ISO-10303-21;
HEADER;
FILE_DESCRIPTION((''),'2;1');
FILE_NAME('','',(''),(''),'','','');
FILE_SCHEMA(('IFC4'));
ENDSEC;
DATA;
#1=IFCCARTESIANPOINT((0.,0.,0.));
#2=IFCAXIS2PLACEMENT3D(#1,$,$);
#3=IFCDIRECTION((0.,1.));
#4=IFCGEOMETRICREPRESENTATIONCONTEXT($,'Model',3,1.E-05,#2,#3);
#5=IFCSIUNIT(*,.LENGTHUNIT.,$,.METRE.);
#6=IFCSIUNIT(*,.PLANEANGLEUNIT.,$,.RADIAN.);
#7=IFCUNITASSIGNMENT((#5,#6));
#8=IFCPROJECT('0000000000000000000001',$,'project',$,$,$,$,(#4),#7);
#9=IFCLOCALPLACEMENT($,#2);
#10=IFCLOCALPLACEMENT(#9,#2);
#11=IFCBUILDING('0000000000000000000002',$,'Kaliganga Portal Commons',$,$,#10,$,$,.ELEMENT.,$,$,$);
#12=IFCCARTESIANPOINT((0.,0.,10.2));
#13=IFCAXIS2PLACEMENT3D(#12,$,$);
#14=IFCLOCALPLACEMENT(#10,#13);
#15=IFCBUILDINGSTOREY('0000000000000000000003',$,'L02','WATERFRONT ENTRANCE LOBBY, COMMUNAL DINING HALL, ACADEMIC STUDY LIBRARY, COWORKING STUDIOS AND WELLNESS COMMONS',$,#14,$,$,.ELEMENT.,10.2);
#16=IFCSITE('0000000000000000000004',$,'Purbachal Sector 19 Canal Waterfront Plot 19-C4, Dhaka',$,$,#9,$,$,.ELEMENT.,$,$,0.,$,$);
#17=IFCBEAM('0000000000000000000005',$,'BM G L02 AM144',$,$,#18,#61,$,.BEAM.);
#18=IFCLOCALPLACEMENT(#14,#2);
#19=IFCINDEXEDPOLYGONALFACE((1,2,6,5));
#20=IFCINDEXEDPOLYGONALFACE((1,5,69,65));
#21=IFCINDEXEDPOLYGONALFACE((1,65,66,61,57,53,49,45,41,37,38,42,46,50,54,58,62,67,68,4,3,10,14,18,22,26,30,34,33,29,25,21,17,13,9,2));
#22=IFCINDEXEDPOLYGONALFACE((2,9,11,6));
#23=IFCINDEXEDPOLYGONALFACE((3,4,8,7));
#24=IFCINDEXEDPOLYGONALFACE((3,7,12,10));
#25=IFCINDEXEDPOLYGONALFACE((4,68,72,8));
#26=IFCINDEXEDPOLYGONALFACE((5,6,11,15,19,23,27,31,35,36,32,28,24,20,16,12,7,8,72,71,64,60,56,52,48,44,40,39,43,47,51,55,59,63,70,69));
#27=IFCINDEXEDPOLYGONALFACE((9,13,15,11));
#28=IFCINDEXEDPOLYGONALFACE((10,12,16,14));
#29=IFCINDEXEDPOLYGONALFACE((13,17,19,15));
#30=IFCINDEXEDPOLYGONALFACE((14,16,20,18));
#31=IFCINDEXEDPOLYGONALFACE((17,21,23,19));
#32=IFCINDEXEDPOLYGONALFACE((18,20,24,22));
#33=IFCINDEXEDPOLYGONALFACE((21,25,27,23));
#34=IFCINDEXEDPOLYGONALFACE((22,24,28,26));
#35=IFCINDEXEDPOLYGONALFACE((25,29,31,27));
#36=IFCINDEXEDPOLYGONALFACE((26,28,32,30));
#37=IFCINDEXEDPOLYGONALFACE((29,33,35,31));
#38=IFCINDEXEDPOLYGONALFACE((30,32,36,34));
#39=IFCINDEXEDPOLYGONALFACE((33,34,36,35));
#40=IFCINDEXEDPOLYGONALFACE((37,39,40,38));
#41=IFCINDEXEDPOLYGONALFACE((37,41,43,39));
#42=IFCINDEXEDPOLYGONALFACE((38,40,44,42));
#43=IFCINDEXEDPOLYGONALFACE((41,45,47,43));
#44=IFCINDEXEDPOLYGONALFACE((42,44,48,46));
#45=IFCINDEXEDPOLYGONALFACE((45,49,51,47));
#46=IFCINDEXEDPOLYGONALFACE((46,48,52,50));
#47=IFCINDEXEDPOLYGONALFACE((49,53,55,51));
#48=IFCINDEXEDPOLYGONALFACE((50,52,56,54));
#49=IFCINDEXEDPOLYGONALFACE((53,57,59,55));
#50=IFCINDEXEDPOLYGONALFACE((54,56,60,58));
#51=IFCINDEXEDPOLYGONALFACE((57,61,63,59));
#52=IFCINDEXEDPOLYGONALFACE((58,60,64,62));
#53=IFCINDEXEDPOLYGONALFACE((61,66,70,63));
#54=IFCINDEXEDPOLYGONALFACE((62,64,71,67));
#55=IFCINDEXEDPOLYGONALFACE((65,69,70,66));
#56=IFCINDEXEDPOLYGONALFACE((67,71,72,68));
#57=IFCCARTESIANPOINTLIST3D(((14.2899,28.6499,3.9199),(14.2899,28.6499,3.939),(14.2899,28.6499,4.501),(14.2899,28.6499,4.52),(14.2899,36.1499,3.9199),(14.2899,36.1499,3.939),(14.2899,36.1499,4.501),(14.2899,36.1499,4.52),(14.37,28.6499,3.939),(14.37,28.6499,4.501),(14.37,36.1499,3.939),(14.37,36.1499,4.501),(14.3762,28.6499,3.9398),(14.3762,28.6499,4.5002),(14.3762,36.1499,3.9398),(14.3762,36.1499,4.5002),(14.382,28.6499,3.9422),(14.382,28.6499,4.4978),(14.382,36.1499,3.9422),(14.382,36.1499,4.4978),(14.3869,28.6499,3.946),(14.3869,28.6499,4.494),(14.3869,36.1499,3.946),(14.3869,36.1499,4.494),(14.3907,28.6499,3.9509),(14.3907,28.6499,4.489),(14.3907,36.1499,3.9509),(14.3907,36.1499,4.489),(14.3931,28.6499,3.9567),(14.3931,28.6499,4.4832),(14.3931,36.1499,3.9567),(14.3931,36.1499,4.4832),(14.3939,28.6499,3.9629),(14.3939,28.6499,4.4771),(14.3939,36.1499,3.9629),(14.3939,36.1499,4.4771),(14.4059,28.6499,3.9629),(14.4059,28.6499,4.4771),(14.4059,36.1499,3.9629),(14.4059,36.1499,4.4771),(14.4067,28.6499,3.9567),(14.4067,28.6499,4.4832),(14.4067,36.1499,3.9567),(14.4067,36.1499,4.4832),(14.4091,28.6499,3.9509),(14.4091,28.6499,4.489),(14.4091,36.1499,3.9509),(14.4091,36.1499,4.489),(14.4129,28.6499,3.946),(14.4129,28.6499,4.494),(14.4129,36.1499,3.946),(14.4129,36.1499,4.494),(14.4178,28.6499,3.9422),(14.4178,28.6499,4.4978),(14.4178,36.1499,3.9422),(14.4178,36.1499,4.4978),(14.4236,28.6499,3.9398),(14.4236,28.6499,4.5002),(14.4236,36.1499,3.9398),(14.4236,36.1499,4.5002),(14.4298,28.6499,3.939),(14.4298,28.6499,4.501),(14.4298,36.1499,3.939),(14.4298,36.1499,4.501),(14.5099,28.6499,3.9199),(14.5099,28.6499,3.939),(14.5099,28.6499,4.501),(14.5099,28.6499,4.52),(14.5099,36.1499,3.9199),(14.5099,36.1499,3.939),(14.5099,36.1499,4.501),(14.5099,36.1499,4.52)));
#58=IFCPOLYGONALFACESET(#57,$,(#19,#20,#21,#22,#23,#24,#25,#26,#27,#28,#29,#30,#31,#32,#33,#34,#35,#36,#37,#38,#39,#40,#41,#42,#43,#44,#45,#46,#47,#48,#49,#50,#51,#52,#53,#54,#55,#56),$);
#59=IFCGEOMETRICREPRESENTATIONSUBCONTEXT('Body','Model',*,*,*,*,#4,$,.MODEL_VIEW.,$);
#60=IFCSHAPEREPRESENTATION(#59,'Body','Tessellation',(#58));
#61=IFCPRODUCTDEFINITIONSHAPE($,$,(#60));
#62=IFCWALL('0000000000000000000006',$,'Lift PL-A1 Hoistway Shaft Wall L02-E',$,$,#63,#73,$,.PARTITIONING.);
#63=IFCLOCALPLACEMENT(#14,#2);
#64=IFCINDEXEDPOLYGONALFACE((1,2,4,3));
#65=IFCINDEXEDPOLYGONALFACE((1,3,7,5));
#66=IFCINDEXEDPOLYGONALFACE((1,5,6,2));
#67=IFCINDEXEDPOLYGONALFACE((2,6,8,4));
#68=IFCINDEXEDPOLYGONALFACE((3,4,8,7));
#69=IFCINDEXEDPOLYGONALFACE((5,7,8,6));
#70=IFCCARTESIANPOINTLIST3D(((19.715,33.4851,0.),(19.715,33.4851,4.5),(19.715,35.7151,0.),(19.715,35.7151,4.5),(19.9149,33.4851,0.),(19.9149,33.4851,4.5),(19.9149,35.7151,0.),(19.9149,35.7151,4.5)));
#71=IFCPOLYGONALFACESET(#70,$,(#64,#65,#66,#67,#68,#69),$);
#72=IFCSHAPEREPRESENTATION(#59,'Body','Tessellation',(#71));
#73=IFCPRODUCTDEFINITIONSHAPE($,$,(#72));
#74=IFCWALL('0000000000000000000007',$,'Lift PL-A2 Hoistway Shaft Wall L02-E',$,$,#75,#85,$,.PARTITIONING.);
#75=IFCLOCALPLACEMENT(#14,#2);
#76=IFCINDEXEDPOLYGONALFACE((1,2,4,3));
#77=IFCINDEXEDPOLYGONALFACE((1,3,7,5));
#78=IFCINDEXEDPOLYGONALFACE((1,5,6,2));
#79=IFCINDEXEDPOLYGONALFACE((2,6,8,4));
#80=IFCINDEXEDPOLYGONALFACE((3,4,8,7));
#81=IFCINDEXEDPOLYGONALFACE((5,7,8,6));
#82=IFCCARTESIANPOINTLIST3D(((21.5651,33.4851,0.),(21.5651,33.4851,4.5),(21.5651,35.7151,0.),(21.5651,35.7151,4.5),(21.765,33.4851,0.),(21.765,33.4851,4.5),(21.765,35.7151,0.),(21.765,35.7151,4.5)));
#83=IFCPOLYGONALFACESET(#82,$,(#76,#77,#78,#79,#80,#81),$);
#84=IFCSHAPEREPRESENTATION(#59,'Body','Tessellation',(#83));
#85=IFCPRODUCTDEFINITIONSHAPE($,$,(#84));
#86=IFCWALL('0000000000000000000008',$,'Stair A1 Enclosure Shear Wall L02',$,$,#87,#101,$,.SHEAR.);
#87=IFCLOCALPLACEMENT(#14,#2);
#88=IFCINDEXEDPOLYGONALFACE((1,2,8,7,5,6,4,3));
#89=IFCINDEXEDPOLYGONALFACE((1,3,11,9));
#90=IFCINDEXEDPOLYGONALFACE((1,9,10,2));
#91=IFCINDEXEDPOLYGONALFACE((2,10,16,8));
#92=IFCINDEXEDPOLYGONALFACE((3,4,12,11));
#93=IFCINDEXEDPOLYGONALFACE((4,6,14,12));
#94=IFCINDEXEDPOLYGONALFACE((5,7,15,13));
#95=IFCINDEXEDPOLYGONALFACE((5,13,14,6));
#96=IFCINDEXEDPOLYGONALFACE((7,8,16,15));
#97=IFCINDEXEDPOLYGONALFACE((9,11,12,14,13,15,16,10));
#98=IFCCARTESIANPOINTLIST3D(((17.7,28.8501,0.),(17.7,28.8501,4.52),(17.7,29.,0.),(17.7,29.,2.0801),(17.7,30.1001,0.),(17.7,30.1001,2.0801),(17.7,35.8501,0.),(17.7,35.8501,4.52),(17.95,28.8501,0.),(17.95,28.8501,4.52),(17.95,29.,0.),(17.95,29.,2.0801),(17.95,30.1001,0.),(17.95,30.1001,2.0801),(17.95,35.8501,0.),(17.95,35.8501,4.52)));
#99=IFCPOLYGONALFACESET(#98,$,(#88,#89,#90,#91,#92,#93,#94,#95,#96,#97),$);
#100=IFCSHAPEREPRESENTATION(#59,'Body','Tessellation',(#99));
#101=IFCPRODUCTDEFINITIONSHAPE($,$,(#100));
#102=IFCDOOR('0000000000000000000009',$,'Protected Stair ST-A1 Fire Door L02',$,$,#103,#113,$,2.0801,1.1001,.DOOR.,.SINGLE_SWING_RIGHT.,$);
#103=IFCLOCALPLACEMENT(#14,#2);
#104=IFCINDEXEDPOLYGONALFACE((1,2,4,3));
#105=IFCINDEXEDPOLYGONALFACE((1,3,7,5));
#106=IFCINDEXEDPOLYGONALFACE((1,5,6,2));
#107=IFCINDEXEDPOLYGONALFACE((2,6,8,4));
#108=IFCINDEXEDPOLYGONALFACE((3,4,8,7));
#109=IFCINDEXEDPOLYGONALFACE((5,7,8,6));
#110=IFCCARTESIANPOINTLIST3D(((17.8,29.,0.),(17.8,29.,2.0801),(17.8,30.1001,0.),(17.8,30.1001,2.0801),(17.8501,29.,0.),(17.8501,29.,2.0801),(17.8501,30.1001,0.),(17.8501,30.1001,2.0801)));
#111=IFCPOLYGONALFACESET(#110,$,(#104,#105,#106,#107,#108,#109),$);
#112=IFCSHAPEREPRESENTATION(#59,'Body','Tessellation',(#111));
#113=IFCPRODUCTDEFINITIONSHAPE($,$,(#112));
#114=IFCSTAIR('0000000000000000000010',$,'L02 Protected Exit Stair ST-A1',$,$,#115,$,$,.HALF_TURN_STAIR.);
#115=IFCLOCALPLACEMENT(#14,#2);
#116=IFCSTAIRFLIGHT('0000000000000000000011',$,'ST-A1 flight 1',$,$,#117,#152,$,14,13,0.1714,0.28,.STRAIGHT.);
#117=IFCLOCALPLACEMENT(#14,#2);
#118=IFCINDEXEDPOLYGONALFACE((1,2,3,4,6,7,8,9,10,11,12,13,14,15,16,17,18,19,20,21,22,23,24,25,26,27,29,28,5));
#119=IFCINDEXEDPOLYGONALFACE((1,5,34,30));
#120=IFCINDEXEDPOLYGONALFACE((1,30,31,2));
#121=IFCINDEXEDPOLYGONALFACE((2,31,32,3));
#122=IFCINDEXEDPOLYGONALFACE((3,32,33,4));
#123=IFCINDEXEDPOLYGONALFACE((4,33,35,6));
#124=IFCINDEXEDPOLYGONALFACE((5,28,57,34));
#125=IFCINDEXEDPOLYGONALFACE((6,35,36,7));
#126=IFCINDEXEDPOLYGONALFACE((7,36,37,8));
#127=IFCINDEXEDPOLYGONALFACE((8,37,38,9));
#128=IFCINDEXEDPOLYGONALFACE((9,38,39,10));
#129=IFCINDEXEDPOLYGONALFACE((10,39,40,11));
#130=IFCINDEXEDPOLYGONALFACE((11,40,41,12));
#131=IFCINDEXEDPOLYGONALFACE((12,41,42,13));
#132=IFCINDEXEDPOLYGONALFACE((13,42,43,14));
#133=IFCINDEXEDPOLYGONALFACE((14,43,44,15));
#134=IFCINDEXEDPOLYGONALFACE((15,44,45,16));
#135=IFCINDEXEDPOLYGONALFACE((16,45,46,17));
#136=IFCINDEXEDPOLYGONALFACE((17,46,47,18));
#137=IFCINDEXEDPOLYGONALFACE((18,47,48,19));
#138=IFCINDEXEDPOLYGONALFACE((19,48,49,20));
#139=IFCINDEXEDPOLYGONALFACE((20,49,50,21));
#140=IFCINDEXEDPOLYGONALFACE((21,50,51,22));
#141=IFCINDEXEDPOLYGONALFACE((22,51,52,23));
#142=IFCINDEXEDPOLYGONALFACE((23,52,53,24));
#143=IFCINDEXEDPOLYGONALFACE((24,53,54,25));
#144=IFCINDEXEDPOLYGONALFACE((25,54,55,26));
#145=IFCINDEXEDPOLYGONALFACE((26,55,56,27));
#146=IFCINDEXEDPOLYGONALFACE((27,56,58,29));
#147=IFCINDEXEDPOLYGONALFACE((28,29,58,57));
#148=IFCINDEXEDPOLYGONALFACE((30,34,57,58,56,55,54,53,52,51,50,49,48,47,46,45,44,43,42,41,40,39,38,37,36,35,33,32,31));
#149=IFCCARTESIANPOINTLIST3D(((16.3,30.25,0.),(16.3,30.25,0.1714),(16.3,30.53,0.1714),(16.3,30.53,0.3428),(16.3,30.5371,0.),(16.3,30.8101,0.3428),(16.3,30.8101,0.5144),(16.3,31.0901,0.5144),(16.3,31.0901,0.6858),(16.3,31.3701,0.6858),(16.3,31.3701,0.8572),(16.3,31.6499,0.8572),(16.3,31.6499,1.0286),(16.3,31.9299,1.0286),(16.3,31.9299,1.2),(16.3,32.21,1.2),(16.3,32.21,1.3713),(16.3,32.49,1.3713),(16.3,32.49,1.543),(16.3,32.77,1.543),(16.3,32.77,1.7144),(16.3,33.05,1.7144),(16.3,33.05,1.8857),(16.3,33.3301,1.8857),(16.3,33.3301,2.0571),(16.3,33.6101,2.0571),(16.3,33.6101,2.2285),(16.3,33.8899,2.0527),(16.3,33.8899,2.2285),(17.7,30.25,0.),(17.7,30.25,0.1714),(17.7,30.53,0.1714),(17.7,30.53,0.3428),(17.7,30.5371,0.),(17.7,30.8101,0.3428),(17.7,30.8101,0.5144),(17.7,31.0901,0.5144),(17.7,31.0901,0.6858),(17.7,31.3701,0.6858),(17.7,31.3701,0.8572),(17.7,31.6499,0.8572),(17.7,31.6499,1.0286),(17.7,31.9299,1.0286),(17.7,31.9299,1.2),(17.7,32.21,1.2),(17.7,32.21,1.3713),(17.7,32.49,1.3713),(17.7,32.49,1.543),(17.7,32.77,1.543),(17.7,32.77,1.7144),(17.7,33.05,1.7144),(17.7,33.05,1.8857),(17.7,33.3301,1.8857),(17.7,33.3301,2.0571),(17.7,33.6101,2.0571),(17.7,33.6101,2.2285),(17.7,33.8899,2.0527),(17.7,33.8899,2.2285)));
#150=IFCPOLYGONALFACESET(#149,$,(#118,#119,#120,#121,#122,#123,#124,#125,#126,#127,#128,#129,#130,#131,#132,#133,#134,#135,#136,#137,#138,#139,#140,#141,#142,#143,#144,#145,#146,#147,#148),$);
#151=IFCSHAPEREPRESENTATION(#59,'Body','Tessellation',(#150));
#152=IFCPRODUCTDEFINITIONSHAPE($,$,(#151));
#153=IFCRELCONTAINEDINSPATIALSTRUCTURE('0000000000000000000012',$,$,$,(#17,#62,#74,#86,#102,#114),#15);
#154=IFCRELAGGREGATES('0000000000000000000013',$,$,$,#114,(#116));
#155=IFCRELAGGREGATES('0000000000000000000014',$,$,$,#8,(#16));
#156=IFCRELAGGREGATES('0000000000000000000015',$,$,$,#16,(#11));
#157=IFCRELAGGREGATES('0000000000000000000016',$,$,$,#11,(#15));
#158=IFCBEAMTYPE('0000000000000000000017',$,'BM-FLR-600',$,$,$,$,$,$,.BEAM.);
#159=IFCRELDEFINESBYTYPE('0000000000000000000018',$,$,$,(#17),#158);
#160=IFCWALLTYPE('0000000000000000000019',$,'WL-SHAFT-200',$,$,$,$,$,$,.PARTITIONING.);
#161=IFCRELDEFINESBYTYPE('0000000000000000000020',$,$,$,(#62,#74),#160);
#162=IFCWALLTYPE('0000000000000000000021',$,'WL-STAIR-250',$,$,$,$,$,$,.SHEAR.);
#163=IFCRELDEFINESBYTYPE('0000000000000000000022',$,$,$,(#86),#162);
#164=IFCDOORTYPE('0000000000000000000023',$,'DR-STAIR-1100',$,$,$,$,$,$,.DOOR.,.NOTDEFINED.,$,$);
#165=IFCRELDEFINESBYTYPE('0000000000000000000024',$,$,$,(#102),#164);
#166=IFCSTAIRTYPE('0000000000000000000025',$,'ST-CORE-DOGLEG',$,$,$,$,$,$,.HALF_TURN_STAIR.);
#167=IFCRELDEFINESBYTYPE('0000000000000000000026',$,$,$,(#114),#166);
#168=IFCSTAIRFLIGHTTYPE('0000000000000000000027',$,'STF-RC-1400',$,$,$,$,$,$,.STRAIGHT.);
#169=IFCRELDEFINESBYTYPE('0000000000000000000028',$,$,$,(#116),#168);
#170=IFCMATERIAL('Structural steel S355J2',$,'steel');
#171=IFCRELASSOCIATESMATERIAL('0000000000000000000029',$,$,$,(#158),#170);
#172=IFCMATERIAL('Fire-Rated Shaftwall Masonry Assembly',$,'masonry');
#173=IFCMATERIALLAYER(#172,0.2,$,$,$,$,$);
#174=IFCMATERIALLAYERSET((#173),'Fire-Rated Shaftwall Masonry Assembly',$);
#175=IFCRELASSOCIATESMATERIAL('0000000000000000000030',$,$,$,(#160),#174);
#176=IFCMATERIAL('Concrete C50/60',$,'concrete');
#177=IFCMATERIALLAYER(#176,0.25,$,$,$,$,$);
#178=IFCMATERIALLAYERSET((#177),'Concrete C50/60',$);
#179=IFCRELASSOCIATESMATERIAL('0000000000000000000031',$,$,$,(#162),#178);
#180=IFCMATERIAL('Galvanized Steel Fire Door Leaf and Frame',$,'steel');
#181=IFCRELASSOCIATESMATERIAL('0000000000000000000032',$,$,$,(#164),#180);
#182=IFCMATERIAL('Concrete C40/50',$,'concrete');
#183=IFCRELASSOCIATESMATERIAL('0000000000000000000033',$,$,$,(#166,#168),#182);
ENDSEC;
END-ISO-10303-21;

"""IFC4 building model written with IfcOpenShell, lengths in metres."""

from ifc_helpers import new_model, si_unit, direction, frame, frame_2d, origin, origin_2d, place, context, subcontext, project, spatial, polyline, rectangle, i_section, outline, extrude, source, transform, mapped, material, layer, layer_set, material_profile, profile_set, type_object, element, fill, aggregate, save


model = new_model("IFC4")

# Units and contexts
model_context = context("Model", 3, precision=1e-05, world=origin(), true_north=direction((0.0, 1.0)))
body_context = subcontext(model_context, "Body", "Model", "MODEL_VIEW")
ifc_project = project(units=[si_unit("LENGTHUNIT", "METRE"), si_unit("PLANEANGLEUNIT", "RADIAN")], contexts=[model_context])

# Site, building, storey
site_placement = place(None, origin())
site = spatial("IfcSite", under=ifc_project, at=site_placement, Name="Purbachal Sector 19 Canal Waterfront Plot 19-C4, Dhaka", CompositionType="ELEMENT", RefElevation=0.0)
building_placement = place(site_placement, origin())
building = spatial("IfcBuilding", under=site, at=building_placement, Name="Kaliganga Portal Commons", CompositionType="ELEMENT")
storey_placement = place(building_placement, frame((0.0, 0.0, 10.2)))
storey = spatial("IfcBuildingStorey", under=building, at=storey_placement, Name="L02", Description="WATERFRONT ENTRANCE LOBBY, COMMUNAL DINING HALL, ACADEMIC STUDY LIBRARY, COWORKING STUDIOS AND WELLNESS COMMONS", CompositionType="ELEMENT", Elevation=10.2)

# Beam
ifc_material_1 = material(Name="Structural steel S355J2", Category="steel")
ifc_material_profile = material_profile(ifc_material_1, i_section(OverallWidth=0.22, OverallDepth=0.6001, WebThickness=0.012, FlangeThickness=0.019, FilletRadius=0.0239, at=origin_2d()), Name="IPE 600")
ifc_profile_set = profile_set([ifc_material_profile], Name="Structural steel S355J2 wide-flange")
beam_type = type_object("IfcBeamType", Name="BM-FLR-600", PredefinedType="BEAM", material=ifc_profile_set)
shared_shape = source(origin(), body_context, "Body", "SweptSolid", [
    extrude(i_section(OverallWidth=0.22, OverallDepth=0.6001, WebThickness=0.012, FlangeThickness=0.019, FilletRadius=0.0239, at=origin_2d()), origin(), (0.0, 0.0, 1.0), 7.5),
])
beam_placement = place(storey_placement, frame((14.3999, 28.6499, 4.22), z_axis=(0.0, 1.0, 0.0), x_axis=(-1.0, 0.0, 0.0)))
element("IfcBeam", 1, at=beam_placement, inside=storey, type_object=beam_type, Name="BM G L02 AM144", PredefinedType="BEAM", context=body_context, shape_type="MappedRepresentation", body=[
    mapped(shared_shape, transform((0.0, 0.0, 0.0), x_axis=(1.0, 0.0, 0.0), y_axis=(0.0, 1.0, 0.0), z_axis=(0.0, 0.0, 1.0), scale=1.0)),
])

# Shared definitions
ifc_material_2 = material(Name="Fire-Rated Shaftwall Masonry Assembly", Category="masonry")
ifc_layer_1 = layer(ifc_material_2, 0.2)
ifc_layer_set_1 = layer_set([ifc_layer_1], Name="Fire-Rated Shaftwall Masonry Assembly")
wall_type_1 = type_object("IfcWallType", Name="WL-SHAFT-200", PredefinedType="PARTITIONING", material=ifc_layer_set_1)

# Wall
wall_1_placement = place(storey_placement, frame((19.8149, 33.4851, 0.0), z_axis=(0.0, 0.0, 1.0), x_axis=(0.0, 1.0, 0.0)))
element("IfcWall", 2, at=wall_1_placement, inside=storey, type_object=wall_type_1, Name="Lift PL-A1 Hoistway Shaft Wall L02-E", PredefinedType="PARTITIONING", context=body_context, shape_type="SweptSolid", body=[
    extrude(rectangle(XDim=2.23, YDim=0.2, at=frame_2d((1.115, 0.0))), origin(), (0.0, 0.0, 1.0), 4.5),
])

# Wall
wall_2_placement = place(storey_placement, frame((21.665, 33.4851, 0.0), z_axis=(0.0, 0.0, 1.0), x_axis=(0.0, 1.0, 0.0)))
element("IfcWall", 3, at=wall_2_placement, inside=storey, type_object=wall_type_1, Name="Lift PL-A2 Hoistway Shaft Wall L02-E", PredefinedType="PARTITIONING", context=body_context, shape_type="SweptSolid", body=[
    extrude(rectangle(XDim=2.23, YDim=0.2, at=frame_2d((1.115, 0.0))), origin(), (0.0, 0.0, 1.0), 4.5),
])

# Wall, opening, door
ifc_material_3 = material(Name="Concrete C50/60", Category="concrete")
ifc_layer_2 = layer(ifc_material_3, 0.25)
ifc_layer_set_2 = layer_set([ifc_layer_2], Name="Concrete C50/60")
wall_type_2 = type_object("IfcWallType", Name="WL-STAIR-250", PredefinedType="SHEAR", material=ifc_layer_set_2)
wall_3_placement = place(storey_placement, frame((17.825, 28.8501, 0.0), z_axis=(0.0, 0.0, 1.0), x_axis=(0.0, 1.0, 0.0)))
wall_3 = element("IfcWall", 4, at=wall_3_placement, inside=storey, type_object=wall_type_2, Name="Stair A1 Enclosure Shear Wall L02", PredefinedType="SHEAR", context=body_context, shape_type="SweptSolid", body=[
    extrude(rectangle(XDim=7.0, YDim=0.25, at=frame_2d((3.5, 0.0))), origin(), (0.0, 0.0, 1.0), 4.52),
])
opening_1_placement = place(wall_3_placement, frame((0.1499, 0.0, 0.0)))
opening_1 = element("IfcOpeningElement", 5, at=opening_1_placement, cuts=wall_3, PredefinedType="OPENING", context=body_context, shape_type="SweptSolid", body=[
    extrude(rectangle(XDim=1.1001, YDim=2.0801, at=frame_2d((0.55, 1.04))), frame((0.0, 0.135, 0.0), z_axis=(0.0, -1.0, 0.0), x_axis=(1.0, 0.0, 0.0)), (0.0, 0.0, 1.0), 0.27),
])
ifc_material_4 = material(Name="Galvanized Steel Fire Door Leaf and Frame", Category="steel")
door_type_1 = type_object("IfcDoorType", Name="DR-STAIR-1100", OperationType="NOTDEFINED", PredefinedType="DOOR", material=ifc_material_4)
door_1_placement = place(opening_1_placement, origin())
door_1 = element("IfcDoor", 6, at=door_1_placement, inside=storey, type_object=door_type_1, Name="Protected Stair ST-A1 Fire Door L02", OperationType="SINGLE_SWING_RIGHT", OverallHeight=2.0801, OverallWidth=1.1001, PredefinedType="DOOR", context=body_context, shape_type="SweptSolid", body=[
    extrude(rectangle(XDim=1.1001, YDim=2.0801, at=frame_2d((0.55, 1.04))), frame((0.0, 0.0249, 0.0), z_axis=(0.0, -1.0, 0.0), x_axis=(1.0, 0.0, 0.0)), (0.0, 0.0, 1.0), 0.05),
])
fill(opening_1, door_1)

# Stair, stair flight
ifc_material_5 = material(Name="Concrete C40/50", Category="concrete")
stair_type = type_object("IfcStairType", Name="ST-CORE-DOGLEG", PredefinedType="HALF_TURN_STAIR", material=ifc_material_5)
stair_placement = place(storey_placement, origin())
stair = element("IfcStair", 7, at=stair_placement, inside=storey, type_object=stair_type, Name="L02 Protected Exit Stair ST-A1", PredefinedType="HALF_TURN_STAIR")
stair_flight_type = type_object("IfcStairFlightType", Name="STF-RC-1400", PredefinedType="STRAIGHT", material=ifc_material_5)
stair_flight_1_placement = place(storey_placement, frame((17.0, 30.25, 0.0), z_axis=(0.0, 0.0, 1.0), x_axis=(0.0, 1.0, 0.0)))
stair_flight_1 = element("IfcStairFlight", 8, at=stair_flight_1_placement, type_object=stair_flight_type, Name="ST-A1 flight 1", NumberOfRisers=14, NumberOfTreads=13, PredefinedType="STRAIGHT", RiserHeight=0.1714, TreadLength=0.28, context=body_context, shape_type="SweptSolid", body=[
    extrude(outline(polyline([(0.0, 0.0), (0.0, 0.1714), (0.28, 0.1714), (0.28, 0.3428), (0.5601, 0.3428), (0.5601, 0.5144), (0.8401, 0.5144), (0.8401, 0.6858), (1.1201, 0.6858), (1.1201, 0.8572), (1.3999, 0.8572), (1.3999, 1.0286), (1.6799, 1.0286), (1.6799, 1.2), (1.96, 1.2), (1.96, 1.3713), (2.24, 1.3713), (2.24, 1.543), (2.52, 1.543), (2.52, 1.7144), (2.8, 1.7144), (2.8, 1.8857), (3.0801, 1.8857), (3.0801, 2.0571), (3.3601, 2.0571), (3.3601, 2.2285), (3.6399, 2.2285), (3.6399, 2.3999), (3.6399, 2.0527), (0.2871, 0.0), (0.0, 0.0)])), frame((0.0, 0.7, 0.0), z_axis=(0.0, -1.0, 0.0), x_axis=(1.0, 0.0, 0.0)), (0.0, 0.0, 1.0), 1.3999),
])
aggregate(stair, [stair_flight_1])

save(model, "model.ifc")
